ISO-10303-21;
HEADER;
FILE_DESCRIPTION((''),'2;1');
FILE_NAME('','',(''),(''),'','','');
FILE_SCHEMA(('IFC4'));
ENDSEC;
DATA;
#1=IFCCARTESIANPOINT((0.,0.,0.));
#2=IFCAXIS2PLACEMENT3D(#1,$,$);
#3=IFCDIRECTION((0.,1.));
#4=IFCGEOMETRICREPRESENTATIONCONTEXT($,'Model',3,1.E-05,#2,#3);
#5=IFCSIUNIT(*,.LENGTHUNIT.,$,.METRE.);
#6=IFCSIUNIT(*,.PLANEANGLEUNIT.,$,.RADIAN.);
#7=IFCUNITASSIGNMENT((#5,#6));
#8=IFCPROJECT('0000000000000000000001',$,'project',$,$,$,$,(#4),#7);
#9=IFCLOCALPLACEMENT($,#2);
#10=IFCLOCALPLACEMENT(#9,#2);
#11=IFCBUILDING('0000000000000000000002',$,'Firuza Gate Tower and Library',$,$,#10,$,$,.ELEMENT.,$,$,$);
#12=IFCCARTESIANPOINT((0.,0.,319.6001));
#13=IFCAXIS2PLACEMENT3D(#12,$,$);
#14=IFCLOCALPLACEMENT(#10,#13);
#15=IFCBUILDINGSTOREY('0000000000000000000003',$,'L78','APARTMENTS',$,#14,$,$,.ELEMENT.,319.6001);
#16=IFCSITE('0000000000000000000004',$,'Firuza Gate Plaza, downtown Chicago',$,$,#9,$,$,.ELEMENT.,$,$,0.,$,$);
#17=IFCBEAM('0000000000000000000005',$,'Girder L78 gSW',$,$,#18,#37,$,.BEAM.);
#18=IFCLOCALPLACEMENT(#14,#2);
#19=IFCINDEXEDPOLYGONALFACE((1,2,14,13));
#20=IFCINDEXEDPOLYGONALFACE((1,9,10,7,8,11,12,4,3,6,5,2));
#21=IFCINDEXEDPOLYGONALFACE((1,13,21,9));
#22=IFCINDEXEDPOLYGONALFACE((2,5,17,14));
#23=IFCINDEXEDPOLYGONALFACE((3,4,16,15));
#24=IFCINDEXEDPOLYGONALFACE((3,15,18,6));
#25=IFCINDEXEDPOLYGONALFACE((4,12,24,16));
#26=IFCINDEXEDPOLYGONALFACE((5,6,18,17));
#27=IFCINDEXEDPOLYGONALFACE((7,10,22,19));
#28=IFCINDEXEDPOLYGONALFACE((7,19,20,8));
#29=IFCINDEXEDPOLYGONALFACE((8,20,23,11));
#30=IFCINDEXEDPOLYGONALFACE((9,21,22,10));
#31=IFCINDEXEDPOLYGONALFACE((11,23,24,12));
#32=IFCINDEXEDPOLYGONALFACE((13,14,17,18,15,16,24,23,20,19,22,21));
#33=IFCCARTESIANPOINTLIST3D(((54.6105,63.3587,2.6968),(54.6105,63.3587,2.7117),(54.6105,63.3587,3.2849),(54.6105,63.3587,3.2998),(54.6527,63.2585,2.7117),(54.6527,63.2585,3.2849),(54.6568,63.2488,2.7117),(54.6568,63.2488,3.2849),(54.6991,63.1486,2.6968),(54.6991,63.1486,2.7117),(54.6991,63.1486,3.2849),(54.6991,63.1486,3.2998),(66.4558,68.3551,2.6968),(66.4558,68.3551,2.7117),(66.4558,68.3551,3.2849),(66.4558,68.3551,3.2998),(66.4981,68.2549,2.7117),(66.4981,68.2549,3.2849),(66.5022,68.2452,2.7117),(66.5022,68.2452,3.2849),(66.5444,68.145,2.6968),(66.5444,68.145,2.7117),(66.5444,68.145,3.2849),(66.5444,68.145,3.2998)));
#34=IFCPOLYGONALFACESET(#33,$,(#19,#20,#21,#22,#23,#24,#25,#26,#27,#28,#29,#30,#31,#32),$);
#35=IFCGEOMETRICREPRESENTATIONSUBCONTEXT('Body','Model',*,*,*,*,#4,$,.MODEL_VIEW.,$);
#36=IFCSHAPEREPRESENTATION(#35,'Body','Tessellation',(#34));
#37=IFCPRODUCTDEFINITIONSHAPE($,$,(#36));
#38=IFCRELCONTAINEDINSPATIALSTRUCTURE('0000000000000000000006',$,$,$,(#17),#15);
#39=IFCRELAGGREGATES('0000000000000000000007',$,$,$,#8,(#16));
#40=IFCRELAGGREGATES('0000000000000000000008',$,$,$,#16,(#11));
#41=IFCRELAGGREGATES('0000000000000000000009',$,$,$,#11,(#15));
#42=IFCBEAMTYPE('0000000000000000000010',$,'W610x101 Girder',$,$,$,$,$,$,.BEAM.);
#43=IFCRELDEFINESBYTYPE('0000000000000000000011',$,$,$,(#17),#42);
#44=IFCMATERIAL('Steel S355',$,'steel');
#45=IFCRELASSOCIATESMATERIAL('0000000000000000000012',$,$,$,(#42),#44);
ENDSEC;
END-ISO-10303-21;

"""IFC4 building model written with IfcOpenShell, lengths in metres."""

from ifc_helpers import new_model, si_unit, direction, frame, origin, origin_2d, place, context, subcontext, project, spatial, i_section, extrude, material, material_profile, profile_set, type_object, element, save


model = new_model("IFC4")

# Units and contexts
model_context = context("Model", 3, precision=1e-05, world=origin(), true_north=direction((0.0, 1.0)))
body_context = subcontext(model_context, "Body", "Model", "MODEL_VIEW")
ifc_project = project(units=[si_unit("LENGTHUNIT", "METRE"), si_unit("PLANEANGLEUNIT", "RADIAN")], contexts=[model_context])

# Site, building, storey
site_placement = place(None, origin())
site = spatial("IfcSite", under=ifc_project, at=site_placement, Name="Firuza Gate Plaza, downtown Chicago", CompositionType="ELEMENT", RefElevation=0.0)
building_placement = place(site_placement, origin())
building = spatial("IfcBuilding", under=site, at=building_placement, Name="Firuza Gate Tower and Library", CompositionType="ELEMENT")
storey_placement = place(building_placement, frame((0.0, 0.0, 319.6001)))
storey = spatial("IfcBuildingStorey", under=building, at=storey_placement, Name="L78", Description="APARTMENTS", CompositionType="ELEMENT", Elevation=319.6001)

# Beam
ifc_material_1 = material(Name="Steel S355", Category="steel")
ifc_material_profile_1 = material_profile(ifc_material_1, i_section(OverallWidth=0.228, OverallDepth=0.603, WebThickness=0.0105, FlangeThickness=0.0149, at=origin_2d()))
ifc_profile_set_1 = profile_set([ifc_material_profile_1], Name="Steel S355")
beam_type_1 = type_object("IfcBeamType", Name="W610x101 Girder", PredefinedType="BEAM", material=ifc_profile_set_1)
beam_1_placement = place(storey_placement, frame((54.6548, 63.2537, 2.9983), z_axis=(0.921388, 0.388644, 0.0), x_axis=(-0.388644, 0.921388, 0.0)))
element("IfcBeam", 1, at=beam_1_placement, inside=storey, type_object=beam_type_1, Name="Girder L78 gSW", PredefinedType="BEAM", context=body_context, shape_type="SweptSolid", body=[
    extrude(i_section(OverallWidth=0.228, OverallDepth=0.603, WebThickness=0.0105, FlangeThickness=0.0149, at=origin_2d()), origin(), (0.0, 0.0, 1.0), 12.856),
])

save(model, "model.ifc")
